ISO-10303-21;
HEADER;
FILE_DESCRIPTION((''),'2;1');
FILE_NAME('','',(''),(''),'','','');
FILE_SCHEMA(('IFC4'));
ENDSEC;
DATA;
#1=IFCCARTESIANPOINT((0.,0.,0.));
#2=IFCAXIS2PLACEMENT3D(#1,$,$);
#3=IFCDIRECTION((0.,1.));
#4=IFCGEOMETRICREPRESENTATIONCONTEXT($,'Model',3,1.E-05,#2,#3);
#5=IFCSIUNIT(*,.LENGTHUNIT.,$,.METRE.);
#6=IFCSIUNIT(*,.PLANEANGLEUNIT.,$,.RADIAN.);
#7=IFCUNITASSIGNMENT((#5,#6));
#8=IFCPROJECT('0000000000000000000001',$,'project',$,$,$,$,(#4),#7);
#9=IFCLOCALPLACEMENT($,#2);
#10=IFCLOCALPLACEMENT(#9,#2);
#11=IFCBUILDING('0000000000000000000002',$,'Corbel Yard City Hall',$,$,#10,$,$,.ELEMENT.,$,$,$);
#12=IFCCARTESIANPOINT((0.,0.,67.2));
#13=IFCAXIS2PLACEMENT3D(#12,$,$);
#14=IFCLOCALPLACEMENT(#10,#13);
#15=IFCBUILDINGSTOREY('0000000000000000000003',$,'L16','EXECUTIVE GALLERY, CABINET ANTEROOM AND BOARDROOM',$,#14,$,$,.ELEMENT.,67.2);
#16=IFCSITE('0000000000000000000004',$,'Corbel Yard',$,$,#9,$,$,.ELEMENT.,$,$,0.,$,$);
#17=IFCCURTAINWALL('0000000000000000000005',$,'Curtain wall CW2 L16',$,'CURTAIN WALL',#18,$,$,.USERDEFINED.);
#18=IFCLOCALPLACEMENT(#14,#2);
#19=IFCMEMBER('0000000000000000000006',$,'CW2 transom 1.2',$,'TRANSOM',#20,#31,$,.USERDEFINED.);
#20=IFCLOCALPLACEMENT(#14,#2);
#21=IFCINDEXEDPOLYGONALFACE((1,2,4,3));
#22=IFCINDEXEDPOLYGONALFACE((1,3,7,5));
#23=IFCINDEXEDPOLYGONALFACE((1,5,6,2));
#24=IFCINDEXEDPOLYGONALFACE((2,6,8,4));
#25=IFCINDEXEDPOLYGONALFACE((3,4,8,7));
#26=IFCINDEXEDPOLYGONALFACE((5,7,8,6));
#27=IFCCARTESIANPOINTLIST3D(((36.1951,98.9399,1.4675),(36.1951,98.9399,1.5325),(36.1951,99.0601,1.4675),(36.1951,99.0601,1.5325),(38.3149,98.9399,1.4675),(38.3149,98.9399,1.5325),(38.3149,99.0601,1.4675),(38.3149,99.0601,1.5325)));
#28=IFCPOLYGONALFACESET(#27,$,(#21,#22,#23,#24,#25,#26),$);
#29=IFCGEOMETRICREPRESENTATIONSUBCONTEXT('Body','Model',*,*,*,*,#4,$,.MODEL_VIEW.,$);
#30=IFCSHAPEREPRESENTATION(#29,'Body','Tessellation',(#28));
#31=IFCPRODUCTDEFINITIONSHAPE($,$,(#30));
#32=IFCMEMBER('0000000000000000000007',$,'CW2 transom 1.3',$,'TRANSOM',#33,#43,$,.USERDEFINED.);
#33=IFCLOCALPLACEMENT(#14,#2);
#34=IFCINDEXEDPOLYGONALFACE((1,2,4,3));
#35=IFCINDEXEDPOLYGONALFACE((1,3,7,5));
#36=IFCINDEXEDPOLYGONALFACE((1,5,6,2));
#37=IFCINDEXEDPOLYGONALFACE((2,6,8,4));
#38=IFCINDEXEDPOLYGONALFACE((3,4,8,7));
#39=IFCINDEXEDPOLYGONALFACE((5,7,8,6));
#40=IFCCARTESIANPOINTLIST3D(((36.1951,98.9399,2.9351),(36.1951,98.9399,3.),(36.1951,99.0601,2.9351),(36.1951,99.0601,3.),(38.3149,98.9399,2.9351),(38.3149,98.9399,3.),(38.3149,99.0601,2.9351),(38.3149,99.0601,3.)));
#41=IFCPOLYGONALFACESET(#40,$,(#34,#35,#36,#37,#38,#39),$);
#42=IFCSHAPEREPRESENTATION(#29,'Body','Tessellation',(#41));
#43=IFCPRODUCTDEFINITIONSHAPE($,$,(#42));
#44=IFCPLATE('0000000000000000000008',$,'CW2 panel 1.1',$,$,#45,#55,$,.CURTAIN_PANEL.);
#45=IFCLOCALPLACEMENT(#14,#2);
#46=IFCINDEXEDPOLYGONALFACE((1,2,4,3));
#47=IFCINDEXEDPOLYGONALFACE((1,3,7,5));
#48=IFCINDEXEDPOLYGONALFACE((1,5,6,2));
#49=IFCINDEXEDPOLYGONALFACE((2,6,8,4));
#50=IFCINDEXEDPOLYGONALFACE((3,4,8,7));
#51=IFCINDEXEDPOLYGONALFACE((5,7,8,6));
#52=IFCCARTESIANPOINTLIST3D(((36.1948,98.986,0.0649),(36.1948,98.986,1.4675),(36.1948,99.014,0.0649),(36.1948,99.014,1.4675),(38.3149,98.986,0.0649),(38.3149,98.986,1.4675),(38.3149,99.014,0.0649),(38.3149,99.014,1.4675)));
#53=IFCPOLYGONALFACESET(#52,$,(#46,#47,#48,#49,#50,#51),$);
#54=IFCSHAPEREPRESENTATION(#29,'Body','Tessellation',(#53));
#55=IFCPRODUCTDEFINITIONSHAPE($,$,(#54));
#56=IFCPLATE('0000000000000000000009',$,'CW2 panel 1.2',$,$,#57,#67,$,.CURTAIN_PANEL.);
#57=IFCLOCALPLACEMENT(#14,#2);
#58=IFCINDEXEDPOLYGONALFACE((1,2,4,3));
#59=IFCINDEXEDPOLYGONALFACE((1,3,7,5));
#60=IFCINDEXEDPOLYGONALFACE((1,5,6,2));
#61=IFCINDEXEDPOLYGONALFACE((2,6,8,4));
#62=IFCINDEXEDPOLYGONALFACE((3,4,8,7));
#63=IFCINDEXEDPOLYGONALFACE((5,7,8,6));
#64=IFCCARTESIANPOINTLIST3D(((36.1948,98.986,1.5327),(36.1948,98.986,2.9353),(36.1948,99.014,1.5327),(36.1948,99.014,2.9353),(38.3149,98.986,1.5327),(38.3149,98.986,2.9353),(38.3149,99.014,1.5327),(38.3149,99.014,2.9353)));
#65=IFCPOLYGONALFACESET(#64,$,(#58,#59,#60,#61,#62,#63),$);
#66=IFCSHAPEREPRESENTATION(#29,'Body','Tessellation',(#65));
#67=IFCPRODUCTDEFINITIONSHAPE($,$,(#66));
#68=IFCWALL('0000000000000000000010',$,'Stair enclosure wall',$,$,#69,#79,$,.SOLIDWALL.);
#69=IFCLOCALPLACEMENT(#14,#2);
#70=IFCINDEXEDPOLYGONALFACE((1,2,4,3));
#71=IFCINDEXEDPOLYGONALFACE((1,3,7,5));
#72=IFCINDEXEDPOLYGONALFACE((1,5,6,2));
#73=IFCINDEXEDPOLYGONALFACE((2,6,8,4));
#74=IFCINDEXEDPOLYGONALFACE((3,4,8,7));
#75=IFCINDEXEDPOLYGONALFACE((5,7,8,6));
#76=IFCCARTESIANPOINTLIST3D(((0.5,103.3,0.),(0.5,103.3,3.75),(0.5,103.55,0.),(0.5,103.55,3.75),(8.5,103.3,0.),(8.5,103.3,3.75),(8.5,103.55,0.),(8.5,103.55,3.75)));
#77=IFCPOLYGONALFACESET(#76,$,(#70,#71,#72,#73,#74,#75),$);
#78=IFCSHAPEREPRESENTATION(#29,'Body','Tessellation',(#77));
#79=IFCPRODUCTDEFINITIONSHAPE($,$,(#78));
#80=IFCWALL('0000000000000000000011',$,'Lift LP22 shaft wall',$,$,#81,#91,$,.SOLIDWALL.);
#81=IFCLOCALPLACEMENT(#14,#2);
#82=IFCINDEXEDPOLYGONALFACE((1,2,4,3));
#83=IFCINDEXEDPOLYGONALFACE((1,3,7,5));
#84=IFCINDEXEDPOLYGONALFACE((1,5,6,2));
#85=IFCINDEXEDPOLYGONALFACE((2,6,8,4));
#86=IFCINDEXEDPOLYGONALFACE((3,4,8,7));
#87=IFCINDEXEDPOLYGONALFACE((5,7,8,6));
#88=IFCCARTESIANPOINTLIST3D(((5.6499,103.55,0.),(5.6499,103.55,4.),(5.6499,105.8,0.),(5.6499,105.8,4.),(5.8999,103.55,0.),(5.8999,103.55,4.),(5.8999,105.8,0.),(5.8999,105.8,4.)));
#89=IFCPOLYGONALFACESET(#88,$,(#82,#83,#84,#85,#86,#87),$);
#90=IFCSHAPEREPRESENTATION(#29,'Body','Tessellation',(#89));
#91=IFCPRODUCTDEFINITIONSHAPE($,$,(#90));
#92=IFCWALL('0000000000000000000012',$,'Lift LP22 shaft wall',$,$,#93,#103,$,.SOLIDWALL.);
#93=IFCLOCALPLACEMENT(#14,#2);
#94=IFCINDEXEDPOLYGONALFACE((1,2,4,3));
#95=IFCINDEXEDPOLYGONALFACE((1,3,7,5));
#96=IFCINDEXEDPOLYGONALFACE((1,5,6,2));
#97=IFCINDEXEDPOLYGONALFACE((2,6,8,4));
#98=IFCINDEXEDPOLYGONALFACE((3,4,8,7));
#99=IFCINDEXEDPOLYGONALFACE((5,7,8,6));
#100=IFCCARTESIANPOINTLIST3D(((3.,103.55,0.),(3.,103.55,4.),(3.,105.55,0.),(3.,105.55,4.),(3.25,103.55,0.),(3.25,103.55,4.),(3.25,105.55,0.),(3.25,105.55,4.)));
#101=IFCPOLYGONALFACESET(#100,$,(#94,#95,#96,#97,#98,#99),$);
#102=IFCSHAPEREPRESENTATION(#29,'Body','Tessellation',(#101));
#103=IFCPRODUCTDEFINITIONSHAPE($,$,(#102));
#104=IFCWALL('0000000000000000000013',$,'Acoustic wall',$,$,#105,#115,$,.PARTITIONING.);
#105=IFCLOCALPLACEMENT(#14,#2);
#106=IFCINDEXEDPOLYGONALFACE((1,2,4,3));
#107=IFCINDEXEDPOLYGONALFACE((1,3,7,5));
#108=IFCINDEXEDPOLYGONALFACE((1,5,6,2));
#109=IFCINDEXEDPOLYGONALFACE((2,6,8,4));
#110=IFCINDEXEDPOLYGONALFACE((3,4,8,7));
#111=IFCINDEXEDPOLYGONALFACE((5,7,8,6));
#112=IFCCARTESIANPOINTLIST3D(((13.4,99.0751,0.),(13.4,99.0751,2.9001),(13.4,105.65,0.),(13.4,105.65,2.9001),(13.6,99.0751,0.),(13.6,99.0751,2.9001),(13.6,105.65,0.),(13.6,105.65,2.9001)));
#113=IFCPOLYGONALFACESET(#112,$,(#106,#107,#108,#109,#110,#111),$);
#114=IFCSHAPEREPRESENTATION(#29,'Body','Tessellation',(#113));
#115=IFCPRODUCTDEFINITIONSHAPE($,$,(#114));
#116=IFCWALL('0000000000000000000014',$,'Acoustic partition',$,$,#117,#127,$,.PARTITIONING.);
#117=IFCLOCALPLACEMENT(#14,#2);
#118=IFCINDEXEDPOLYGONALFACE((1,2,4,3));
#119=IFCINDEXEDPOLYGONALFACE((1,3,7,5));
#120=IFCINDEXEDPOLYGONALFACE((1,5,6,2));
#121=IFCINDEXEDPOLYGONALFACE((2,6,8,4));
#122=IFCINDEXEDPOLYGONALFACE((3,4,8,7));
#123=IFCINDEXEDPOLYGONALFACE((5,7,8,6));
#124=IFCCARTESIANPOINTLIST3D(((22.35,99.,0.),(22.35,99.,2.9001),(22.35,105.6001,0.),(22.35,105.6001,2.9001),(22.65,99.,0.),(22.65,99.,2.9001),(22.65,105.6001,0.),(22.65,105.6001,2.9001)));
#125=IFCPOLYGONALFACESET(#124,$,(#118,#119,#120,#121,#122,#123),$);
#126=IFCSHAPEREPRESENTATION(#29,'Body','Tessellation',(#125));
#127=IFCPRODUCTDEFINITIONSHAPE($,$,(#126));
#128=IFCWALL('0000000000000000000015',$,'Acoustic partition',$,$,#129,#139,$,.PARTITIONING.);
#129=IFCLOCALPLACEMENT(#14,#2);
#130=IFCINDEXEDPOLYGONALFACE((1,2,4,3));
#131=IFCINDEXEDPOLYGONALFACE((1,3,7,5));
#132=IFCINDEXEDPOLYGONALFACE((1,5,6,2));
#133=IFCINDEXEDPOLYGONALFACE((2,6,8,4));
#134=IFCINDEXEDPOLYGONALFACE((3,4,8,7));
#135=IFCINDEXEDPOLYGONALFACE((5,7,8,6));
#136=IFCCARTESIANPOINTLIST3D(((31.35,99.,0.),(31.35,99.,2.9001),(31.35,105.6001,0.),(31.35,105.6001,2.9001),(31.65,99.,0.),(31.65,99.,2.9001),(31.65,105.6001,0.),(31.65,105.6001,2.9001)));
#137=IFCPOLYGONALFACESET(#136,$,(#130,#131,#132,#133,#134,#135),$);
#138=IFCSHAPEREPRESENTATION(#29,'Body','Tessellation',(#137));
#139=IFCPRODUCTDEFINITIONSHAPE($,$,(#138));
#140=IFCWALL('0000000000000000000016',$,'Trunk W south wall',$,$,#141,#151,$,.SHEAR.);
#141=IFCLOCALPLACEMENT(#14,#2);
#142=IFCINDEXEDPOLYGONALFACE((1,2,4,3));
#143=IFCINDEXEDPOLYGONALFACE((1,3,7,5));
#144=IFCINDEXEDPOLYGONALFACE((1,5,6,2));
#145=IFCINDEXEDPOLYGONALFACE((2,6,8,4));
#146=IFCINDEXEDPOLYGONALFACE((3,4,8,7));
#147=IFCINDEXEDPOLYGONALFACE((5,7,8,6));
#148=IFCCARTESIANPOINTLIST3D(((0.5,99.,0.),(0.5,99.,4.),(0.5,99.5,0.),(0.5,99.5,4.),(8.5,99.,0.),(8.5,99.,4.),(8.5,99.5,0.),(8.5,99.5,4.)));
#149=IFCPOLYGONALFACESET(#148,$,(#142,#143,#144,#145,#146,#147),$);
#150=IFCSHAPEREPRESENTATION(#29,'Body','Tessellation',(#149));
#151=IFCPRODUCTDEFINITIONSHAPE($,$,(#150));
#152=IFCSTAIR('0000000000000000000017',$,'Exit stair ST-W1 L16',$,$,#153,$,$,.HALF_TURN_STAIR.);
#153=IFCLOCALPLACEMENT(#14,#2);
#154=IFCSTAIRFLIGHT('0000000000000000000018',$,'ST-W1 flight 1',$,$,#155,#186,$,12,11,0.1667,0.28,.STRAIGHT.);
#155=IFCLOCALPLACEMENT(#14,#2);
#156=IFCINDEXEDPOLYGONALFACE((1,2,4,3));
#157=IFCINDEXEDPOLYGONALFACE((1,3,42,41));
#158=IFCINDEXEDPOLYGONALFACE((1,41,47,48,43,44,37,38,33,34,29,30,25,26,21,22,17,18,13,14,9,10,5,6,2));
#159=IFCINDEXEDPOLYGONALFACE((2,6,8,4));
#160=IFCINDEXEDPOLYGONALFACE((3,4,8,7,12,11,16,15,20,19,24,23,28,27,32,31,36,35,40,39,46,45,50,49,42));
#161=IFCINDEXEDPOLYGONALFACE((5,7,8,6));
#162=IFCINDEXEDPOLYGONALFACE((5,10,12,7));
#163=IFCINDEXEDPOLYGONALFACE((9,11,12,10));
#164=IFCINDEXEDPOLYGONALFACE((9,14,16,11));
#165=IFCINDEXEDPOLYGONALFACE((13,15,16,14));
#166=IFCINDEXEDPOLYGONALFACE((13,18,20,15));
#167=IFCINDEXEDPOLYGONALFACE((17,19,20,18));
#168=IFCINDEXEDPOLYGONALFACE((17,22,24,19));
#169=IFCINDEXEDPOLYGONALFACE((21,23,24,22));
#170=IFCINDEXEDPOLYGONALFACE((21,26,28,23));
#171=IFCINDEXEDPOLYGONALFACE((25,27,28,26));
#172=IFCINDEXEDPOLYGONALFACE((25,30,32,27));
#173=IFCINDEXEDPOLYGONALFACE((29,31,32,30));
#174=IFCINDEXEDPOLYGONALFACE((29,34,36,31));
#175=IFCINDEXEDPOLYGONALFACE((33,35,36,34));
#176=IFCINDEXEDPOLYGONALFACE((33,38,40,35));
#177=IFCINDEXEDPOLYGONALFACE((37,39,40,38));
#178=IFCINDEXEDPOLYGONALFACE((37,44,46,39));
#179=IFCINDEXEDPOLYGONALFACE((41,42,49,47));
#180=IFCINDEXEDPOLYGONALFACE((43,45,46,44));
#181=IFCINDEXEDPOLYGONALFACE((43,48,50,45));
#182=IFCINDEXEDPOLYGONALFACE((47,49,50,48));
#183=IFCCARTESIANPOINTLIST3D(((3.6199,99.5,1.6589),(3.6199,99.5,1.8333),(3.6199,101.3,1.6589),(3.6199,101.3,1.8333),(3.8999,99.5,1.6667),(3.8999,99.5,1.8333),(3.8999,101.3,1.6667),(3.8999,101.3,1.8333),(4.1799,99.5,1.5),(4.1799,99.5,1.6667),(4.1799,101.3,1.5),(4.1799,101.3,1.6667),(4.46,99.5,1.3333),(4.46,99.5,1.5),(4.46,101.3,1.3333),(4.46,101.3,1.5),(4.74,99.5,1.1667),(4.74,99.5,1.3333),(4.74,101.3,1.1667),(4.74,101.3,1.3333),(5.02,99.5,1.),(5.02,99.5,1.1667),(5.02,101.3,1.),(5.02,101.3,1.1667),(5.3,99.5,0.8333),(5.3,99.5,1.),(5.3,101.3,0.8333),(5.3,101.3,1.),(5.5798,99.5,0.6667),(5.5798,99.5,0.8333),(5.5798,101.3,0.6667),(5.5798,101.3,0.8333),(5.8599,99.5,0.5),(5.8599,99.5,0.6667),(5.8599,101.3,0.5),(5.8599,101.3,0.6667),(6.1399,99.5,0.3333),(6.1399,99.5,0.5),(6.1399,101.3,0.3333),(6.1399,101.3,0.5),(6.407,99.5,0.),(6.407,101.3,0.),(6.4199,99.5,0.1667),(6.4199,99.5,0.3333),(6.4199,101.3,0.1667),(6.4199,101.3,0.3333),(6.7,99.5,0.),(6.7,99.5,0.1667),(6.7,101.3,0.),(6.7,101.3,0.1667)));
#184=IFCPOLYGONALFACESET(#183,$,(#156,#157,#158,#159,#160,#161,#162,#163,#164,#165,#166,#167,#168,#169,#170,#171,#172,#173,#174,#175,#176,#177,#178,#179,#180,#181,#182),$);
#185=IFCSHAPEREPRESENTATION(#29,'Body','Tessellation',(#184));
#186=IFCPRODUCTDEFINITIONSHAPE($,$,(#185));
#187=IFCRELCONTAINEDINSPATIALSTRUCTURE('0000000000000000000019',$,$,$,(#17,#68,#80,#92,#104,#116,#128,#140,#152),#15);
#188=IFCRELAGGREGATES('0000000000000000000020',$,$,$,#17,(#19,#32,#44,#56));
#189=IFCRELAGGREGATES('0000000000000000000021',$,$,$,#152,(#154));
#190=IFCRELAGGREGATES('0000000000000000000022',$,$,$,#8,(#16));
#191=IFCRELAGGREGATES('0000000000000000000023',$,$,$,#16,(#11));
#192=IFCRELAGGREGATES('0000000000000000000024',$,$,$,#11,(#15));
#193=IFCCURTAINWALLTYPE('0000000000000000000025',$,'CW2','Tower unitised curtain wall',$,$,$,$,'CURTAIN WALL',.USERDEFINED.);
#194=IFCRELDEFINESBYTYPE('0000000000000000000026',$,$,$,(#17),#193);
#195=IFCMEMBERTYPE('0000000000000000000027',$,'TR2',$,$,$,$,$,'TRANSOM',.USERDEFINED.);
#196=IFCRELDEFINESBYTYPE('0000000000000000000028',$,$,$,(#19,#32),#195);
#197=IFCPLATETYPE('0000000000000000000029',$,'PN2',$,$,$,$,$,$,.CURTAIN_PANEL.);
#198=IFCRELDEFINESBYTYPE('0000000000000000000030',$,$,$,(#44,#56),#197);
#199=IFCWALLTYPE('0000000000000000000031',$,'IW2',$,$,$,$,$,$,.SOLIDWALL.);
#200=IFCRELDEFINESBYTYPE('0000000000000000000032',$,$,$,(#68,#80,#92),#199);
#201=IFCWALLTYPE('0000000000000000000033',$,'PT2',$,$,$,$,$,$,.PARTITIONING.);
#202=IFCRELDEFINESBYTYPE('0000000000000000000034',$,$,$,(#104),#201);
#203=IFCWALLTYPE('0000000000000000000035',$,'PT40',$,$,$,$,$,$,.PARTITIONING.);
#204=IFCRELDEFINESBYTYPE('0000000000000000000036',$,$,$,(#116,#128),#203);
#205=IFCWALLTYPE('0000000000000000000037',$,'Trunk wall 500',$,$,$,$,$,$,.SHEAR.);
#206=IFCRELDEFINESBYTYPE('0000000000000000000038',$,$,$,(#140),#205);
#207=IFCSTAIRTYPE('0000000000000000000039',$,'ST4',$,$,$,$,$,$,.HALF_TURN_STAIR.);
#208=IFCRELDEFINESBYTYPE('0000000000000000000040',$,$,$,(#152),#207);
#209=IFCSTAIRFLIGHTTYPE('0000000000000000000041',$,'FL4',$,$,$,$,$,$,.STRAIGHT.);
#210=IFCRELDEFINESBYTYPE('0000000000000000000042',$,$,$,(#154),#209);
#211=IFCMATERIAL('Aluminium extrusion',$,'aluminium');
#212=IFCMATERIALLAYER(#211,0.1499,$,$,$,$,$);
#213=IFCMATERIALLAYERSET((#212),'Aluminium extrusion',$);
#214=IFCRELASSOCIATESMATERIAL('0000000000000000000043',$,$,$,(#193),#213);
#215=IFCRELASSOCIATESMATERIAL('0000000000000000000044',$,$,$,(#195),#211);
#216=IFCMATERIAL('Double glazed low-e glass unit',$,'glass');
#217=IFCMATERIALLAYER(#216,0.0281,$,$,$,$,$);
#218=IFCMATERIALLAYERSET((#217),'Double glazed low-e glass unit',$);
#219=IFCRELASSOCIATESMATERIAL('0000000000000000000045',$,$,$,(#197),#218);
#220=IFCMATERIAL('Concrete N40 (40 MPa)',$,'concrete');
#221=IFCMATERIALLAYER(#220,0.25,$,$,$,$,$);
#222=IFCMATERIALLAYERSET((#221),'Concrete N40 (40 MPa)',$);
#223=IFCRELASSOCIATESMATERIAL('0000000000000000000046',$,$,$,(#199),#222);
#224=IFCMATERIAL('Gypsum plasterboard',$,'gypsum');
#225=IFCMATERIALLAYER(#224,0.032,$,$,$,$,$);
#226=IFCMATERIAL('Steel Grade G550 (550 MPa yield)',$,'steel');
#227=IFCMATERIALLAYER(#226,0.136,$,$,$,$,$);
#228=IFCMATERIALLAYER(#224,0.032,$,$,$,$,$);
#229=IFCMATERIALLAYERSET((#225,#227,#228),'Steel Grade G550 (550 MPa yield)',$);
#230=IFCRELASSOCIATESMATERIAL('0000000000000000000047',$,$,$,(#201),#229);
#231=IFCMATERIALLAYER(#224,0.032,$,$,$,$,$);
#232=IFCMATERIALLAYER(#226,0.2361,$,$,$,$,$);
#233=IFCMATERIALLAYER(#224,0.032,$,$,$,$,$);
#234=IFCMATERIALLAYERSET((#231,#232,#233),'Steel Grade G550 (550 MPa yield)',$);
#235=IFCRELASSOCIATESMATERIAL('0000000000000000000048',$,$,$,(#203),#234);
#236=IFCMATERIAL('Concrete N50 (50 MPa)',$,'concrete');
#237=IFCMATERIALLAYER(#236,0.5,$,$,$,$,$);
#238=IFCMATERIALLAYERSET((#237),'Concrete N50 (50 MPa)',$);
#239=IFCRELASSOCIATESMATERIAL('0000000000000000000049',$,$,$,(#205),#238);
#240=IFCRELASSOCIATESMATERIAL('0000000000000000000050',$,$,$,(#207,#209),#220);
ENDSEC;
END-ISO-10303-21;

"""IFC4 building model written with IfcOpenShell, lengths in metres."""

from ifc_helpers import new_model, si_unit, direction, frame, frame_2d, origin, origin_2d, place, context, subcontext, project, spatial, polyline, rectangle, outline, extrude, material, layer, layer_set, material_profile, profile_set, type_object, element, aggregate, save


model = new_model("IFC4")

# Units and contexts
model_context = context("Model", 3, precision=1e-05, world=origin(), true_north=direction((0.0, 1.0)))
body_context = subcontext(model_context, "Body", "Model", "MODEL_VIEW")
ifc_project = project(units=[si_unit("LENGTHUNIT", "METRE"), si_unit("PLANEANGLEUNIT", "RADIAN")], contexts=[model_context])

# Site, building, storey
site_placement = place(None, origin())
site = spatial("IfcSite", under=ifc_project, at=site_placement, Name="Corbel Yard", CompositionType="ELEMENT", RefElevation=0.0)
building_placement = place(site_placement, origin())
building = spatial("IfcBuilding", under=site, at=building_placement, Name="Corbel Yard City Hall", CompositionType="ELEMENT")
storey_placement = place(building_placement, frame((0.0, 0.0, 67.2)))
storey = spatial("IfcBuildingStorey", under=building, at=storey_placement, Name="L16", Description="EXECUTIVE GALLERY, CABINET ANTEROOM AND BOARDROOM", CompositionType="ELEMENT", Elevation=67.2)

# Curtain wall, members, plates
ifc_material_1 = material(Name="Aluminium extrusion", Category="aluminium")
ifc_layer_1 = layer(ifc_material_1, 0.1499)
ifc_layer_set_1 = layer_set([ifc_layer_1], Name="Aluminium extrusion")
curtain_wall_type = type_object("IfcCurtainWallType", Name="CW2", Description="Tower unitised curtain wall", ElementType="CURTAIN WALL", PredefinedType="USERDEFINED", material=ifc_layer_set_1)
curtain_wall_placement = place(storey_placement, origin())
curtain_wall = element("IfcCurtainWall", 1, at=curtain_wall_placement, inside=storey, type_object=curtain_wall_type, Name="Curtain wall CW2 L16", ObjectType="CURTAIN WALL", PredefinedType="USERDEFINED")
ifc_material_profile_1 = material_profile(ifc_material_1, rectangle(XDim=0.1201, YDim=0.0649, at=origin_2d()), Name="120x65")
ifc_profile_set_1 = profile_set([ifc_material_profile_1], Name="Aluminium extrusion")
member_type_1 = type_object("IfcMemberType", Name="TR2", ElementType="TRANSOM", PredefinedType="USERDEFINED", material=ifc_profile_set_1)
member_1_placement = place(storey_placement, frame((36.1951, 99.0, 1.5), z_axis=(1.0, 0.0, 0.0), x_axis=(0.0, 1.0, 0.0)))
member_1 = element("IfcMember", 2, at=member_1_placement, type_object=member_type_1, Name="CW2 transom 1.2", ObjectType="TRANSOM", PredefinedType="USERDEFINED", context=body_context, shape_type="SweptSolid", body=[
    extrude(rectangle(XDim=0.1201, YDim=0.0649, at=origin_2d()), origin(), (0.0, 0.0, 1.0), 2.1199),
])
member_2_placement = place(storey_placement, frame((36.1951, 99.0, 2.9675), z_axis=(1.0, 0.0, 0.0), x_axis=(0.0, 1.0, 0.0)))
member_2 = element("IfcMember", 3, at=member_2_placement, type_object=member_type_1, Name="CW2 transom 1.3", ObjectType="TRANSOM", PredefinedType="USERDEFINED", context=body_context, shape_type="SweptSolid", body=[
    extrude(rectangle(XDim=0.1201, YDim=0.0649, at=origin_2d()), origin(), (0.0, 0.0, 1.0), 2.1199),
])
ifc_material_2 = material(Name="Double glazed low-e glass unit", Category="glass")
ifc_layer_2 = layer(ifc_material_2, 0.0281)
ifc_layer_set_2 = layer_set([ifc_layer_2], Name="Double glazed low-e glass unit")
plate_type = type_object("IfcPlateType", Name="PN2", PredefinedType="CURTAIN_PANEL", material=ifc_layer_set_2)
plate_1_placement = place(storey_placement, frame((37.2549, 99.0, 0.0649), z_axis=(0.0, 0.0, 1.0), x_axis=(1.0, 0.0, 0.0)))
plate_1 = element("IfcPlate", 4, at=plate_1_placement, type_object=plate_type, Name="CW2 panel 1.1", PredefinedType="CURTAIN_PANEL", context=body_context, shape_type="SweptSolid", body=[
    extrude(rectangle(XDim=2.1201, YDim=0.0281, at=origin_2d()), origin(), (0.0, 0.0, 1.0), 1.4026),
])
plate_2_placement = place(storey_placement, frame((37.2549, 99.0, 1.5327), z_axis=(0.0, 0.0, 1.0), x_axis=(1.0, 0.0, 0.0)))
plate_2 = element("IfcPlate", 5, at=plate_2_placement, type_object=plate_type, Name="CW2 panel 1.2", PredefinedType="CURTAIN_PANEL", context=body_context, shape_type="SweptSolid", body=[
    extrude(rectangle(XDim=2.1201, YDim=0.0281, at=origin_2d()), origin(), (0.0, 0.0, 1.0), 1.4026),
])
aggregate(curtain_wall, [member_1, member_2, plate_1, plate_2])

# Walls
ifc_material_3 = material(Name="Concrete N40 (40 MPa)", Category="concrete")
ifc_layer_3 = layer(ifc_material_3, 0.25)
ifc_layer_set_3 = layer_set([ifc_layer_3], Name="Concrete N40 (40 MPa)")
wall_type_1 = type_object("IfcWallType", Name="IW2", PredefinedType="SOLIDWALL", material=ifc_layer_set_3)
wall_1_placement = place(storey_placement, frame((8.5, 103.425, 0.0), z_axis=(0.0, 0.0, 1.0), x_axis=(-1.0, 0.0, 0.0)))
element("IfcWall", 6, at=wall_1_placement, inside=storey, type_object=wall_type_1, Name="Stair enclosure wall", PredefinedType="SOLIDWALL", context=body_context, shape_type="SweptSolid", body=[
    extrude(rectangle(XDim=8.0, YDim=0.25, at=frame_2d((4.0, 0.0))), origin(), (0.0, 0.0, 1.0), 3.75),
])
wall_2_placement = place(storey_placement, frame((5.7749, 103.55, 0.0), z_axis=(0.0, 0.0, 1.0), x_axis=(0.0, 1.0, 0.0)))
element("IfcWall", 7, at=wall_2_placement, inside=storey, type_object=wall_type_1, Name="Lift LP22 shaft wall", PredefinedType="SOLIDWALL", context=body_context, shape_type="SweptSolid", body=[
    extrude(rectangle(XDim=2.25, YDim=0.25, at=frame_2d((1.125, 0.0))), origin(), (0.0, 0.0, 1.0), 4.0),
])
wall_3_placement = place(storey_placement, frame((3.125, 103.55, 0.0), z_axis=(0.0, 0.0, 1.0), x_axis=(0.0, 1.0, 0.0)))
element("IfcWall", 8, at=wall_3_placement, inside=storey, type_object=wall_type_1, Name="Lift LP22 shaft wall", PredefinedType="SOLIDWALL", context=body_context, shape_type="SweptSolid", body=[
    extrude(rectangle(XDim=2.0, YDim=0.25, at=frame_2d((1.0, 0.0))), origin(), (0.0, 0.0, 1.0), 4.0),
])
ifc_material_4 = material(Name="Gypsum plasterboard", Category="gypsum")
ifc_layer_4 = layer(ifc_material_4, 0.032)
ifc_material_5 = material(Name="Steel Grade G550 (550 MPa yield)", Category="steel")
ifc_layer_5 = layer(ifc_material_5, 0.136)
ifc_layer_6 = layer(ifc_material_4, 0.032)
ifc_layer_set_4 = layer_set([ifc_layer_4, ifc_layer_5, ifc_layer_6], Name="Steel Grade G550 (550 MPa yield)")
wall_type_2 = type_object("IfcWallType", Name="PT2", PredefinedType="PARTITIONING", material=ifc_layer_set_4)
wall_4_placement = place(storey_placement, frame((13.5, 99.075, 0.0), z_axis=(0.0, 0.0, 1.0), x_axis=(0.0, 1.0, 0.0)))
element("IfcWall", 9, at=wall_4_placement, inside=storey, type_object=wall_type_2, Name="Acoustic wall", PredefinedType="PARTITIONING", context=body_context, shape_type="SweptSolid", body=[
    extrude(rectangle(XDim=6.575, YDim=0.2, at=frame_2d((3.2876, 0.0))), origin(), (0.0, 0.0, 1.0), 2.9001),
])
ifc_layer_7 = layer(ifc_material_4, 0.032)
ifc_layer_8 = layer(ifc_material_5, 0.2361)
ifc_layer_9 = layer(ifc_material_4, 0.032)
ifc_layer_set_5 = layer_set([ifc_layer_7, ifc_layer_8, ifc_layer_9], Name="Steel Grade G550 (550 MPa yield)")
wall_type_3 = type_object("IfcWallType", Name="PT40", PredefinedType="PARTITIONING", material=ifc_layer_set_5)
for number, where, z_axis, x_axis, name in (
    (10, (22.5, 99.0, 0.0), (0.0, 0.0, 1.0), (0.0, 1.0, 0.0), "Acoustic partition"),
    (11, (31.5, 99.0, 0.0), (0.0, 0.0, 1.0), (0.0, 1.0, 0.0), "Acoustic partition"),
):
    element("IfcWall", number, at=place(storey_placement, frame(where, z_axis=z_axis, x_axis=x_axis)), inside=storey, type_object=wall_type_3, Name=name, PredefinedType="PARTITIONING", context=body_context, shape_type="SweptSolid", body=[
        extrude(rectangle(XDim=6.6001, YDim=0.3, at=frame_2d((3.3, 0.0))), origin(), (0.0, 0.0, 1.0), 2.9001),
    ])
ifc_material_6 = material(Name="Concrete N50 (50 MPa)", Category="concrete")
ifc_layer_10 = layer(ifc_material_6, 0.5)
ifc_layer_set_6 = layer_set([ifc_layer_10], Name="Concrete N50 (50 MPa)")
wall_type_4 = type_object("IfcWallType", Name="Trunk wall 500", PredefinedType="SHEAR", material=ifc_layer_set_6)
wall_5_placement = place(storey_placement, frame((0.5, 99.25, 0.0), z_axis=(0.0, 0.0, 1.0), x_axis=(1.0, 0.0, 0.0)))
element("IfcWall", 12, at=wall_5_placement, inside=storey, type_object=wall_type_4, Name="Trunk W south wall", PredefinedType="SHEAR", context=body_context, shape_type="SweptSolid", body=[
    extrude(rectangle(XDim=8.0, YDim=0.5, at=frame_2d((4.0, 0.0))), origin(), (0.0, 0.0, 1.0), 4.0),
])

# Stair, stair flight
stair_type = type_object("IfcStairType", Name="ST4", PredefinedType="HALF_TURN_STAIR", material=ifc_material_3)
stair_placement = place(storey_placement, origin())
stair = element("IfcStair", 13, at=stair_placement, inside=storey, type_object=stair_type, Name="Exit stair ST-W1 L16", PredefinedType="HALF_TURN_STAIR")
stair_flight_type = type_object("IfcStairFlightType", Name="FL4", PredefinedType="STRAIGHT", material=ifc_material_3)
stair_flight_1_placement = place(storey_placement, frame((6.7, 100.3999, 0.0), z_axis=(0.0, 0.0, 1.0), x_axis=(-1.0, 0.0, 0.0)))
stair_flight_1 = element("IfcStairFlight", 14, at=stair_flight_1_placement, type_object=stair_flight_type, Name="ST-W1 flight 1", NumberOfRisers=12, NumberOfTreads=11, PredefinedType="STRAIGHT", RiserHeight=0.1667, TreadLength=0.28, context=body_context, shape_type="SweptSolid", body=[
    extrude(outline(polyline([(0.0, 0.0), (0.0, 0.1667), (0.28, 0.1667), (0.28, 0.3333), (0.5601, 0.3333), (0.5601, 0.5), (0.8401, 0.5), (0.8401, 0.6667), (1.1201, 0.6667), (1.1201, 0.8333), (1.3999, 0.8333), (1.3999, 1.0), (1.6799, 1.0), (1.6799, 1.1667), (1.96, 1.1667), (1.96, 1.3333), (2.24, 1.3333), (2.24, 1.5), (2.52, 1.5), (2.52, 1.6667), (2.8, 1.6667), (2.8, 1.8333), (3.0801, 1.8333), (3.0801, 2.0), (3.0801, 1.6589), (0.293, 0.0), (0.0, 0.0)])), frame((0.0, 0.8999, 0.0), z_axis=(0.0, -1.0, 0.0), x_axis=(1.0, 0.0, 0.0)), (0.0, 0.0, 1.0), 1.8),
])
aggregate(stair, [stair_flight_1])

save(model, "model.ifc")
